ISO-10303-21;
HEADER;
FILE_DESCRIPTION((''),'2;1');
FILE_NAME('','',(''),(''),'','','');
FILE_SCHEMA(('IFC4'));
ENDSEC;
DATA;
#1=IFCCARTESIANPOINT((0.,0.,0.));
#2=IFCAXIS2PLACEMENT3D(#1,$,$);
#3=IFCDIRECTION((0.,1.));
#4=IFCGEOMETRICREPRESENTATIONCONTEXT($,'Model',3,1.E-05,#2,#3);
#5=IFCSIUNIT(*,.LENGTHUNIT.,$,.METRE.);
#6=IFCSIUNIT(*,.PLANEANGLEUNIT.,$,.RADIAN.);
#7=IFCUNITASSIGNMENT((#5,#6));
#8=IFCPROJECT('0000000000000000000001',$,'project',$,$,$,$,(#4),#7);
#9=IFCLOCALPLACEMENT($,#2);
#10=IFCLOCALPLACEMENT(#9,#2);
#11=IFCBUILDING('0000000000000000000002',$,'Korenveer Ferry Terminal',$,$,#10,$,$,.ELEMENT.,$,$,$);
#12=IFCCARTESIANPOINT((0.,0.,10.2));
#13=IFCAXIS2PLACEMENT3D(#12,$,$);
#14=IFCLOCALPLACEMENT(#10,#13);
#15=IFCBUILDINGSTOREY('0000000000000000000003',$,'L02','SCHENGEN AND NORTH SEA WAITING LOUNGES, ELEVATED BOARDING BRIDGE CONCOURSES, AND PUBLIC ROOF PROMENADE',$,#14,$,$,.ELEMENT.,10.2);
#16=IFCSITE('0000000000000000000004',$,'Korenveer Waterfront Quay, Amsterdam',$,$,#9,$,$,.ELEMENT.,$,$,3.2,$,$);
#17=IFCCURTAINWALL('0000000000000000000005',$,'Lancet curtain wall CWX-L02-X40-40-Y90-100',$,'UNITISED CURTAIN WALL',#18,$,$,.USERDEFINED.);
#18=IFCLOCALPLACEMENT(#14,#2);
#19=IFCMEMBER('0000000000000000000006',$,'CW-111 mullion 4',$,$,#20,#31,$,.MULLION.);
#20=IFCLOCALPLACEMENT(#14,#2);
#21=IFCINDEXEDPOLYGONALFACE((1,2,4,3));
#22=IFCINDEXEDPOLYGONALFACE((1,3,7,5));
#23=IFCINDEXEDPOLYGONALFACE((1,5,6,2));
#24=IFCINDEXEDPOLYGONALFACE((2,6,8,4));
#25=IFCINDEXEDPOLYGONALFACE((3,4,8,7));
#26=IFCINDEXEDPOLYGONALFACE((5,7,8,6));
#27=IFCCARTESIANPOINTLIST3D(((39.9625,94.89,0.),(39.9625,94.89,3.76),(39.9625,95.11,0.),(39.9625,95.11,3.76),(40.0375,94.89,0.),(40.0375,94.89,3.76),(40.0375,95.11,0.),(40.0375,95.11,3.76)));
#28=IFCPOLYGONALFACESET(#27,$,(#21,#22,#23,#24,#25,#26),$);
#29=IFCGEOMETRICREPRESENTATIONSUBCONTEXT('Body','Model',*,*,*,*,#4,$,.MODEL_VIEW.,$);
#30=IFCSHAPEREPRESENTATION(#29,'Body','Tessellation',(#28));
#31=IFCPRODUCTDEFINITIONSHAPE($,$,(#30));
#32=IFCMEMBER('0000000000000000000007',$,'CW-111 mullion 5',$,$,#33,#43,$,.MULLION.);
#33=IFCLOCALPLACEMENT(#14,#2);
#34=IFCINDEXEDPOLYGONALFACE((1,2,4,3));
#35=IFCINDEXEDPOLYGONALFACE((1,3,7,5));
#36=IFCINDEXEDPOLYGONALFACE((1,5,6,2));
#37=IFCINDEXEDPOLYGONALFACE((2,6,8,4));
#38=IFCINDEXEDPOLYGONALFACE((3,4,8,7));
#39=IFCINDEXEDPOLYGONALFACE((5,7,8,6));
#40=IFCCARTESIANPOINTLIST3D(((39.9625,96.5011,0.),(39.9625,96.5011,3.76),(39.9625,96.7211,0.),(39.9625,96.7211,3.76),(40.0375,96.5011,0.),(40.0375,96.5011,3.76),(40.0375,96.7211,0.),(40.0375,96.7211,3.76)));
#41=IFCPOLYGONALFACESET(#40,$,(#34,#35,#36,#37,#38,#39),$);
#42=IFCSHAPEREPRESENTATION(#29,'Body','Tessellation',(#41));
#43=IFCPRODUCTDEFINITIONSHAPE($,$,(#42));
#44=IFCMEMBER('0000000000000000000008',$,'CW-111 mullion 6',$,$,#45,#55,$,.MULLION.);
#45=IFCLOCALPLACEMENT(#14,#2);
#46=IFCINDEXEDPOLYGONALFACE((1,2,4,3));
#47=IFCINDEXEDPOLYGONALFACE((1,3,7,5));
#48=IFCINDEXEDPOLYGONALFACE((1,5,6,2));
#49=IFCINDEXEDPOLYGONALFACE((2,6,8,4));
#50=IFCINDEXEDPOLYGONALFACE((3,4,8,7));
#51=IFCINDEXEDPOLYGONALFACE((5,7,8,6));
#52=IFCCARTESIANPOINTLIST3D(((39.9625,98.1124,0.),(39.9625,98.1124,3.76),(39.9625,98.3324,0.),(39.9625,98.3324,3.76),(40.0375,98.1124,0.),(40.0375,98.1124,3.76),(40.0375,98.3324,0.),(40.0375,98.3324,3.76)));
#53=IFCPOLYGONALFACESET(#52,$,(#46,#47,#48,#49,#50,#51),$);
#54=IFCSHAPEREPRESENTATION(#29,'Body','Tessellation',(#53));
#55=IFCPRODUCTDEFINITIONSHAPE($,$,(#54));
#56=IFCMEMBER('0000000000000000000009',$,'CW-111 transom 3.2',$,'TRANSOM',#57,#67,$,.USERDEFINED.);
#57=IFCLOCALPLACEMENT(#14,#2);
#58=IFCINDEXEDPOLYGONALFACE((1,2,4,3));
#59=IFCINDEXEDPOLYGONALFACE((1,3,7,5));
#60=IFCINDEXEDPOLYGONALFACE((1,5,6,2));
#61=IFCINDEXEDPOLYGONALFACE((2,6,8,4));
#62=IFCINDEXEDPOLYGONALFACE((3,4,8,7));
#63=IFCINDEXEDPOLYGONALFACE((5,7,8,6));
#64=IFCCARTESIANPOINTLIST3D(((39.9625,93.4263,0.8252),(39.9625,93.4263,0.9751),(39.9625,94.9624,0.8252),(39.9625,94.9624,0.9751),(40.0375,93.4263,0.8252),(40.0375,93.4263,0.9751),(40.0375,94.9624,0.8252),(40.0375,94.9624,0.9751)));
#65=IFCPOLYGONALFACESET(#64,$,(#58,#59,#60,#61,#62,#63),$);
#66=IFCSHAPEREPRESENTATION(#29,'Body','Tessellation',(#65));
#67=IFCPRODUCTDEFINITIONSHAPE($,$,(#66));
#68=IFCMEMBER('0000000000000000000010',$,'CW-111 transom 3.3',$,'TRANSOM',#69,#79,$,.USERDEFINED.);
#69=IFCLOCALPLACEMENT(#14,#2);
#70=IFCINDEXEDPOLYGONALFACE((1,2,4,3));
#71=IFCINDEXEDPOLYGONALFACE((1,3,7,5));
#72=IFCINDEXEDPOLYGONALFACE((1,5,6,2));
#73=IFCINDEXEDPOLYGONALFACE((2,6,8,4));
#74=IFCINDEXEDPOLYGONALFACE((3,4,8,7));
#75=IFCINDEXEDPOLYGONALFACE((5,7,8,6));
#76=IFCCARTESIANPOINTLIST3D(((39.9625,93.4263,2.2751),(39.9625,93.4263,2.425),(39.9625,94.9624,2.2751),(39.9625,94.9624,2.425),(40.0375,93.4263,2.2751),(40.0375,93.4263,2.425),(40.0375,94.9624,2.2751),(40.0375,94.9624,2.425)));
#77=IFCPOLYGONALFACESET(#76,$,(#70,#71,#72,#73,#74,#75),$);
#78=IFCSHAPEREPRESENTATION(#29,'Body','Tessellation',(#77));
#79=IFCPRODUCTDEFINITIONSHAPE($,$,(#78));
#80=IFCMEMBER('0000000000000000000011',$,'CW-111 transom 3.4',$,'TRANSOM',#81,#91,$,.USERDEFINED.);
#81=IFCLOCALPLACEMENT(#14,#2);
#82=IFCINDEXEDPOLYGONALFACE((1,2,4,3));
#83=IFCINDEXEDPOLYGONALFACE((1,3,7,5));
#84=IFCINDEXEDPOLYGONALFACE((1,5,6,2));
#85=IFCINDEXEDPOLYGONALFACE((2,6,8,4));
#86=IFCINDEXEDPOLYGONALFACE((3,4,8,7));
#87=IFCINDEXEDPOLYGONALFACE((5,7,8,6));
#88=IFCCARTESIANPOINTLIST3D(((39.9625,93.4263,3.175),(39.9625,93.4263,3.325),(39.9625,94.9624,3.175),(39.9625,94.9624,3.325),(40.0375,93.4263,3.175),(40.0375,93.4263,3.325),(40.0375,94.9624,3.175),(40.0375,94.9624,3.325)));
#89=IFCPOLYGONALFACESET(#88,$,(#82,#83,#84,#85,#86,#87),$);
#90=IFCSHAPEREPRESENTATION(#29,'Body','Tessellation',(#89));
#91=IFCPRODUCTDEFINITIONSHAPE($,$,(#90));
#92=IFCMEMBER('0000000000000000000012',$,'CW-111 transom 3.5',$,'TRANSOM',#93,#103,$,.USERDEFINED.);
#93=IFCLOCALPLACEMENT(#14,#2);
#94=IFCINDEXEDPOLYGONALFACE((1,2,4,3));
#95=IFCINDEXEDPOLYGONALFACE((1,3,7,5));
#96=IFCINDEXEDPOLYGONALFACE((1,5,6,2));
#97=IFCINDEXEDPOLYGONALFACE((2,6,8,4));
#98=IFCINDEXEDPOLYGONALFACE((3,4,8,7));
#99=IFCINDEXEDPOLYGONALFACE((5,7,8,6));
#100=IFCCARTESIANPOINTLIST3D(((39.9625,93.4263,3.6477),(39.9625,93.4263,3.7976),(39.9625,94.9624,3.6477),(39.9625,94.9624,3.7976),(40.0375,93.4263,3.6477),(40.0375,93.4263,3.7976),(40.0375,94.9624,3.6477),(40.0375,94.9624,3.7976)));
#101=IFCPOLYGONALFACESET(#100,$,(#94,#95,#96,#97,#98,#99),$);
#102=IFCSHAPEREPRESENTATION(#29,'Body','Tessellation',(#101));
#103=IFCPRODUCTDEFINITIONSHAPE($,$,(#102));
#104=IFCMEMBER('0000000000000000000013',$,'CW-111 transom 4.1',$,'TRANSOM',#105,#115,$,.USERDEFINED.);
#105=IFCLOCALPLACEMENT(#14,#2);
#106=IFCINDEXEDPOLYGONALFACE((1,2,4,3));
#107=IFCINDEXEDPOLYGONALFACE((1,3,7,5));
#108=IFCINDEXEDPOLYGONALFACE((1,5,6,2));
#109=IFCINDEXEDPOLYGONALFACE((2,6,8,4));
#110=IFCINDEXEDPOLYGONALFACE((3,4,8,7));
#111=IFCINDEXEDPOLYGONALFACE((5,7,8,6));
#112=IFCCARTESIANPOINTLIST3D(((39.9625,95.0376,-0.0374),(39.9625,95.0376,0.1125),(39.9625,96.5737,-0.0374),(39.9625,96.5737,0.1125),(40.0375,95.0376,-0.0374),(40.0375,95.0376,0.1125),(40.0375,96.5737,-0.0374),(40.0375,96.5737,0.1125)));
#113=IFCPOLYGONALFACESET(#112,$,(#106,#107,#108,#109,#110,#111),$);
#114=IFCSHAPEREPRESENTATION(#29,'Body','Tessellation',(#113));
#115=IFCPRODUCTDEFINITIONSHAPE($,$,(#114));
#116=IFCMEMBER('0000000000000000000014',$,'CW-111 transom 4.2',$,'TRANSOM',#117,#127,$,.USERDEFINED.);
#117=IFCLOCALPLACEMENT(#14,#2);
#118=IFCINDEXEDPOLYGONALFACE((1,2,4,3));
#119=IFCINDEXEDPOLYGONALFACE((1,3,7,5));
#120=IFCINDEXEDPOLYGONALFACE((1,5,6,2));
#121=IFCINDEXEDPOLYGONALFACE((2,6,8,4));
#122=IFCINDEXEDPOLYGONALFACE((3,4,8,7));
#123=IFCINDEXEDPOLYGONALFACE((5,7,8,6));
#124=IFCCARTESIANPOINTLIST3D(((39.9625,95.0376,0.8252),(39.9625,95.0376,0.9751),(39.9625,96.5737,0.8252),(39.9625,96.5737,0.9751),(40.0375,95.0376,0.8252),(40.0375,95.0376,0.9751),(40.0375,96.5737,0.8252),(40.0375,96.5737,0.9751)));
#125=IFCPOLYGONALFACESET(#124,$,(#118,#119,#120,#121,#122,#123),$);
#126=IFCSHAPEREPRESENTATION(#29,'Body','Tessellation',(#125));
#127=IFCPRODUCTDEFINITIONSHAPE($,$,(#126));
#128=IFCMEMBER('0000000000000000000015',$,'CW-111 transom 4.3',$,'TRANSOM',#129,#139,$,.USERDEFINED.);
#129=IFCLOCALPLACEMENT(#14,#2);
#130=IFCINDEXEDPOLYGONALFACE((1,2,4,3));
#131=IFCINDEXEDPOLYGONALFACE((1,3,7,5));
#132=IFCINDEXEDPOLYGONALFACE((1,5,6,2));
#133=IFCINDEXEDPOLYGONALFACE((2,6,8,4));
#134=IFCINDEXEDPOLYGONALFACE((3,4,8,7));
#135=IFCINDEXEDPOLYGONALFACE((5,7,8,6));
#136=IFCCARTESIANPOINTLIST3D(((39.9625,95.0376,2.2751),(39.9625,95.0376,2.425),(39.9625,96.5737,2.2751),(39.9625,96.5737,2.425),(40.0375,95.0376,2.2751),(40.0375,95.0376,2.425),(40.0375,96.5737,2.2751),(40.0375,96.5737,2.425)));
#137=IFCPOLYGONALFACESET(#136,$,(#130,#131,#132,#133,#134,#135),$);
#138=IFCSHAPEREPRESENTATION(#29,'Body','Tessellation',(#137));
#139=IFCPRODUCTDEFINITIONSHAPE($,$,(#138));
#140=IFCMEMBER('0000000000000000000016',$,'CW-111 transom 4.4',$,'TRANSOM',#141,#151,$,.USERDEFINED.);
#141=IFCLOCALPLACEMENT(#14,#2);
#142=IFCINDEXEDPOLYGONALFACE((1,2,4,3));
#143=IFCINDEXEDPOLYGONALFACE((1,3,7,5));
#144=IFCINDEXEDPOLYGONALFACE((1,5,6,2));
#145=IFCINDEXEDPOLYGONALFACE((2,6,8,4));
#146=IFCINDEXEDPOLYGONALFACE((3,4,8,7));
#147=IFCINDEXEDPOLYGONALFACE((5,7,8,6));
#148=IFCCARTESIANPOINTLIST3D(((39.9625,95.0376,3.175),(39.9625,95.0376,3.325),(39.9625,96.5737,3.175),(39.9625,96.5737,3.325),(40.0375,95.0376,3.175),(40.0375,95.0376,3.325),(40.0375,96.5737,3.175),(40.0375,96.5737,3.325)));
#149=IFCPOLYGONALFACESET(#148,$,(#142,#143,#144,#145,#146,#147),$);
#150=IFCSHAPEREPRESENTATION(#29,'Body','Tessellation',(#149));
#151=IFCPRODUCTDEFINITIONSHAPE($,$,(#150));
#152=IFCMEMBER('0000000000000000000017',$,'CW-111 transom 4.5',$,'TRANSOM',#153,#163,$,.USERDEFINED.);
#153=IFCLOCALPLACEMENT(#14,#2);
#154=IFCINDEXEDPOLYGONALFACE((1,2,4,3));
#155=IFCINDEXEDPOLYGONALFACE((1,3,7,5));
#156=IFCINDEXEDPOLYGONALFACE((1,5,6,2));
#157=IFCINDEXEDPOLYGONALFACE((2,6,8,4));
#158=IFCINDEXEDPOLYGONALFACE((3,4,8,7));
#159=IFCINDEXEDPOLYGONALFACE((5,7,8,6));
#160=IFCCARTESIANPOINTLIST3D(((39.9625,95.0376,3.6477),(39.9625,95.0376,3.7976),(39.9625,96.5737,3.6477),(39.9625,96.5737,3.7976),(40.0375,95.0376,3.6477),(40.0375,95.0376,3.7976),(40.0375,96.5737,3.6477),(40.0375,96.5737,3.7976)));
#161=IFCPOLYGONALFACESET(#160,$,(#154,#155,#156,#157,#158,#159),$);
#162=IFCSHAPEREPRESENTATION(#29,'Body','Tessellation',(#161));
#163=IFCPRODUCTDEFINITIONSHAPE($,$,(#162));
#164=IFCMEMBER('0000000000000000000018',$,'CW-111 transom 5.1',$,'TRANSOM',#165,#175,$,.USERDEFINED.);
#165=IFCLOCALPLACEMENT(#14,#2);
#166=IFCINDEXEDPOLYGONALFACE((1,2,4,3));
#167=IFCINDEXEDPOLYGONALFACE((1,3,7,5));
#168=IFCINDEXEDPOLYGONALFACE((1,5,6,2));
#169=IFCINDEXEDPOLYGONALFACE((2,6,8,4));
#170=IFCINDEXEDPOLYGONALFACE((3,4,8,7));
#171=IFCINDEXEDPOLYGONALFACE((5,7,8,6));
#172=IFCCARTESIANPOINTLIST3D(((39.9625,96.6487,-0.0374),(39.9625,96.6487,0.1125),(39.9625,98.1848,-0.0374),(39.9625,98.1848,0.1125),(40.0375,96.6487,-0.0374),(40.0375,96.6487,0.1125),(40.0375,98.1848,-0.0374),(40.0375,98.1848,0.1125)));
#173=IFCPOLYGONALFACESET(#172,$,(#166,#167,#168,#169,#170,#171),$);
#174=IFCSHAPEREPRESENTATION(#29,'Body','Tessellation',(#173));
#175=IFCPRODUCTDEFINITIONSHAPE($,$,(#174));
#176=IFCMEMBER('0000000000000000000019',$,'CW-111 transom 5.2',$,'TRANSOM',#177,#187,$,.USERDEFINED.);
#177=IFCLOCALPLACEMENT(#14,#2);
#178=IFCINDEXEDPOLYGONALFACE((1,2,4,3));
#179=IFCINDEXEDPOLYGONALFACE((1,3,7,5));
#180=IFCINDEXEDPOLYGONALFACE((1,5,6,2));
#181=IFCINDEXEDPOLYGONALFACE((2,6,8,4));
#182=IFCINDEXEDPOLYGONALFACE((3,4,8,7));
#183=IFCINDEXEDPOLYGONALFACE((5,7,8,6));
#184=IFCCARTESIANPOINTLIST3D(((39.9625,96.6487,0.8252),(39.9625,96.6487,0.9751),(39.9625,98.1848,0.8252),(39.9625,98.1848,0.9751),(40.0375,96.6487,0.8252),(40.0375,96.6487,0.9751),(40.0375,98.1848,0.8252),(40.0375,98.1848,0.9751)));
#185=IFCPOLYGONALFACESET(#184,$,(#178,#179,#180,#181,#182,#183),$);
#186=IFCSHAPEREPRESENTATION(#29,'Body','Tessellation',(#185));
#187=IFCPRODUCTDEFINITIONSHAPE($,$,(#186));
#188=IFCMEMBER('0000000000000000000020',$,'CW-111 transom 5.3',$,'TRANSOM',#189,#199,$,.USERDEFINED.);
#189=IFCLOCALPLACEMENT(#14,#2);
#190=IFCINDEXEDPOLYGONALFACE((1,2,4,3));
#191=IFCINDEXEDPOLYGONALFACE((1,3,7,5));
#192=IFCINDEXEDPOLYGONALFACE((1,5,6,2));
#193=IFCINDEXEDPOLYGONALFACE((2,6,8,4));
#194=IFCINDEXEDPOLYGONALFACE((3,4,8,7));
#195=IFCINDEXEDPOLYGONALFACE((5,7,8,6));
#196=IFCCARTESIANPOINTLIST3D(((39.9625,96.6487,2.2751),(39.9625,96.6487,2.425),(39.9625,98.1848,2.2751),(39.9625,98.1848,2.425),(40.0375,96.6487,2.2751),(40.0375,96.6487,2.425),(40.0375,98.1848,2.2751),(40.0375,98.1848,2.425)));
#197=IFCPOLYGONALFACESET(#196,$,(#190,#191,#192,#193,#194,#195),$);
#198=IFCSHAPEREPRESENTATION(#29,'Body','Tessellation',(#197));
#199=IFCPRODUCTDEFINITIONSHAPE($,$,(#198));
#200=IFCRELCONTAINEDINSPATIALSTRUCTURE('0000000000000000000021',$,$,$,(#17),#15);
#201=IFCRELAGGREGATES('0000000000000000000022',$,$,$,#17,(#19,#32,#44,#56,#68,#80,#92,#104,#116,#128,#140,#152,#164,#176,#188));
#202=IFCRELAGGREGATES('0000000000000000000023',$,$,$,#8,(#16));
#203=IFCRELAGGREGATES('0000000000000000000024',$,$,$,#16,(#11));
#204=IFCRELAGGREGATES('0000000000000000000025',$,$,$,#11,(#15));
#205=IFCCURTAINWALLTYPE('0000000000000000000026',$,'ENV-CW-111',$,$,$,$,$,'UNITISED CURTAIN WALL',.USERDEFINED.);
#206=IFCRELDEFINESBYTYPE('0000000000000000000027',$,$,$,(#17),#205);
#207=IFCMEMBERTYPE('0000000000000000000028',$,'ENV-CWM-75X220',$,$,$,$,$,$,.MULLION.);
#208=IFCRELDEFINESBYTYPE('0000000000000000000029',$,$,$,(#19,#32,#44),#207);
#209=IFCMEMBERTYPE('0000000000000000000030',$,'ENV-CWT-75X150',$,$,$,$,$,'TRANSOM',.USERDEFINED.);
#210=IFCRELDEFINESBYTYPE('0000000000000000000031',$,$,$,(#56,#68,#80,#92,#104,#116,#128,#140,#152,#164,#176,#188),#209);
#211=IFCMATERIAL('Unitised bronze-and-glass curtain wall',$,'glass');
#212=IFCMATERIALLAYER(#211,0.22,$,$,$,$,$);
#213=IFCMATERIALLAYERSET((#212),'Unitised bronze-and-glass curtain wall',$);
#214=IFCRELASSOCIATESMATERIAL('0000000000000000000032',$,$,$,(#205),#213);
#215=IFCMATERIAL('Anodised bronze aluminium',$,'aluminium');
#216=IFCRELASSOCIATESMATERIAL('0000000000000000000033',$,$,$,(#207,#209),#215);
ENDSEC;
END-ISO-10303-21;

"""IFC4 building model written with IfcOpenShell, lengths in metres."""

from ifc_helpers import new_model, si_unit, direction, frame, origin, origin_2d, place, context, subcontext, project, spatial, rectangle, extrude, material, layer, layer_set, material_profile, profile_set, type_object, element, aggregate, save


model = new_model("IFC4")

# Units and contexts
model_context = context("Model", 3, precision=1e-05, world=origin(), true_north=direction((0.0, 1.0)))
body_context = subcontext(model_context, "Body", "Model", "MODEL_VIEW")
ifc_project = project(units=[si_unit("LENGTHUNIT", "METRE"), si_unit("PLANEANGLEUNIT", "RADIAN")], contexts=[model_context])

# Site, building, storey
site_placement = place(None, origin())
site = spatial("IfcSite", under=ifc_project, at=site_placement, Name="Korenveer Waterfront Quay, Amsterdam", CompositionType="ELEMENT", RefElevation=3.2)
building_placement = place(site_placement, origin())
building = spatial("IfcBuilding", under=site, at=building_placement, Name="Korenveer Ferry Terminal", CompositionType="ELEMENT")
storey_placement = place(building_placement, frame((0.0, 0.0, 10.2)))
storey = spatial("IfcBuildingStorey", under=building, at=storey_placement, Name="L02", Description="SCHENGEN AND NORTH SEA WAITING LOUNGES, ELEVATED BOARDING BRIDGE CONCOURSES, AND PUBLIC ROOF PROMENADE", CompositionType="ELEMENT", Elevation=10.2)

# Curtain wall, members
ifc_material_1 = material(Name="Unitised bronze-and-glass curtain wall", Category="glass")
ifc_layer_1 = layer(ifc_material_1, 0.22)
ifc_layer_set_1 = layer_set([ifc_layer_1], Name="Unitised bronze-and-glass curtain wall")
curtain_wall_type = type_object("IfcCurtainWallType", Name="ENV-CW-111", ElementType="UNITISED CURTAIN WALL", PredefinedType="USERDEFINED", material=ifc_layer_set_1)
curtain_wall_placement = place(storey_placement, frame((40.0, 90.1665, 0.0)))
curtain_wall = element("IfcCurtainWall", 1, at=curtain_wall_placement, inside=storey, type_object=curtain_wall_type, Name="Lancet curtain wall CWX-L02-X40-40-Y90-100", ObjectType="UNITISED CURTAIN WALL", PredefinedType="USERDEFINED")
ifc_material_2 = material(Name="Anodised bronze aluminium", Category="aluminium")
ifc_material_profile_1 = material_profile(ifc_material_2, rectangle(XDim=0.075, YDim=0.22, at=origin_2d()), Name="ALU 75x220")
ifc_profile_set_1 = profile_set([ifc_material_profile_1], Name="Anodised bronze aluminium")
member_type_1 = type_object("IfcMemberType", Name="ENV-CWM-75X220", PredefinedType="MULLION", material=ifc_profile_set_1)
member_1_placement = place(storey_placement, frame((40.0, 95.0, 0.0), z_axis=(0.0, 0.0, 1.0), x_axis=(-1.0, 0.0, 0.0)))
member_1 = element("IfcMember", 2, at=member_1_placement, type_object=member_type_1, Name="CW-111 mullion 4", PredefinedType="MULLION", context=body_context, shape_type="SweptSolid", body=[
    extrude(rectangle(XDim=0.075, YDim=0.22, at=origin_2d()), origin(), (0.0, 0.0, 1.0), 3.76),
])
member_2_placement = place(storey_placement, frame((40.0, 96.6111, 0.0), z_axis=(0.0, 0.0, 1.0), x_axis=(-1.0, 0.0, 0.0)))
member_2 = element("IfcMember", 3, at=member_2_placement, type_object=member_type_1, Name="CW-111 mullion 5", PredefinedType="MULLION", context=body_context, shape_type="SweptSolid", body=[
    extrude(rectangle(XDim=0.075, YDim=0.22, at=origin_2d()), origin(), (0.0, 0.0, 1.0), 3.76),
])
member_3_placement = place(storey_placement, frame((40.0, 98.2224, 0.0), z_axis=(0.0, 0.0, 1.0), x_axis=(-1.0, 0.0, 0.0)))
member_3 = element("IfcMember", 4, at=member_3_placement, type_object=member_type_1, Name="CW-111 mullion 6", PredefinedType="MULLION", context=body_context, shape_type="SweptSolid", body=[
    extrude(rectangle(XDim=0.075, YDim=0.22, at=origin_2d()), origin(), (0.0, 0.0, 1.0), 3.76),
])
ifc_material_profile_2 = material_profile(ifc_material_2, rectangle(XDim=0.075, YDim=0.1499, at=origin_2d()), Name="ALU 75x150")
ifc_profile_set_2 = profile_set([ifc_material_profile_2], Name="Anodised bronze aluminium")
member_type_2 = type_object("IfcMemberType", Name="ENV-CWT-75X150", ElementType="TRANSOM", PredefinedType="USERDEFINED", material=ifc_profile_set_2)
member_4_placement = place(storey_placement, frame((40.0, 93.4263, 0.9001), z_axis=(0.0, 1.0, 0.0), x_axis=(-1.0, 0.0, 0.0)))
member_4 = element("IfcMember", 5, at=member_4_placement, type_object=member_type_2, Name="CW-111 transom 3.2", ObjectType="TRANSOM", PredefinedType="USERDEFINED", context=body_context, shape_type="SweptSolid", body=[
    extrude(rectangle(XDim=0.075, YDim=0.1499, at=origin_2d()), origin(), (0.0, 0.0, 1.0), 1.5361),
])
member_5_placement = place(storey_placement, frame((40.0, 93.4263, 2.3501), z_axis=(0.0, 1.0, 0.0), x_axis=(-1.0, 0.0, 0.0)))
member_5 = element("IfcMember", 6, at=member_5_placement, type_object=member_type_2, Name="CW-111 transom 3.3", ObjectType="TRANSOM", PredefinedType="USERDEFINED", context=body_context, shape_type="SweptSolid", body=[
    extrude(rectangle(XDim=0.075, YDim=0.1499, at=origin_2d()), origin(), (0.0, 0.0, 1.0), 1.5361),
])
member_6_placement = place(storey_placement, frame((40.0, 93.4263, 3.25), z_axis=(0.0, 1.0, 0.0), x_axis=(-1.0, 0.0, 0.0)))
member_6 = element("IfcMember", 7, at=member_6_placement, type_object=member_type_2, Name="CW-111 transom 3.4", ObjectType="TRANSOM", PredefinedType="USERDEFINED", context=body_context, shape_type="SweptSolid", body=[
    extrude(rectangle(XDim=0.075, YDim=0.1499, at=origin_2d()), origin(), (0.0, 0.0, 1.0), 1.5361),
])
member_7_placement = place(storey_placement, frame((40.0, 93.4263, 3.7227), z_axis=(0.0, 1.0, 0.0), x_axis=(-1.0, 0.0, 0.0)))
member_7 = element("IfcMember", 8, at=member_7_placement, type_object=member_type_2, Name="CW-111 transom 3.5", ObjectType="TRANSOM", PredefinedType="USERDEFINED", context=body_context, shape_type="SweptSolid", body=[
    extrude(rectangle(XDim=0.075, YDim=0.1499, at=origin_2d()), origin(), (0.0, 0.0, 1.0), 1.5361),
])
member_8_placement = place(storey_placement, frame((40.0, 95.0376, 0.0376), z_axis=(0.0, 1.0, 0.0), x_axis=(-1.0, 0.0, 0.0)))
member_8 = element("IfcMember", 9, at=member_8_placement, type_object=member_type_2, Name="CW-111 transom 4.1", ObjectType="TRANSOM", PredefinedType="USERDEFINED", context=body_context, shape_type="SweptSolid", body=[
    extrude(rectangle(XDim=0.075, YDim=0.1499, at=origin_2d()), origin(), (0.0, 0.0, 1.0), 1.5361),
])
member_9_placement = place(storey_placement, frame((40.0, 95.0376, 0.9001), z_axis=(0.0, 1.0, 0.0), x_axis=(-1.0, 0.0, 0.0)))
member_9 = element("IfcMember", 10, at=member_9_placement, type_object=member_type_2, Name="CW-111 transom 4.2", ObjectType="TRANSOM", PredefinedType="USERDEFINED", context=body_context, shape_type="SweptSolid", body=[
    extrude(rectangle(XDim=0.075, YDim=0.1499, at=origin_2d()), origin(), (0.0, 0.0, 1.0), 1.5361),
])
member_10_placement = place(storey_placement, frame((40.0, 95.0376, 2.3501), z_axis=(0.0, 1.0, 0.0), x_axis=(-1.0, 0.0, 0.0)))
member_10 = element("IfcMember", 11, at=member_10_placement, type_object=member_type_2, Name="CW-111 transom 4.3", ObjectType="TRANSOM", PredefinedType="USERDEFINED", context=body_context, shape_type="SweptSolid", body=[
    extrude(rectangle(XDim=0.075, YDim=0.1499, at=origin_2d()), origin(), (0.0, 0.0, 1.0), 1.5361),
])
member_11_placement = place(storey_placement, frame((40.0, 95.0376, 3.25), z_axis=(0.0, 1.0, 0.0), x_axis=(-1.0, 0.0, 0.0)))
member_11 = element("IfcMember", 12, at=member_11_placement, type_object=member_type_2, Name="CW-111 transom 4.4", ObjectType="TRANSOM", PredefinedType="USERDEFINED", context=body_context, shape_type="SweptSolid", body=[
    extrude(rectangle(XDim=0.075, YDim=0.1499, at=origin_2d()), origin(), (0.0, 0.0, 1.0), 1.5361),
])
member_12_placement = place(storey_placement, frame((40.0, 95.0376, 3.7227), z_axis=(0.0, 1.0, 0.0), x_axis=(-1.0, 0.0, 0.0)))
member_12 = element("IfcMember", 13, at=member_12_placement, type_object=member_type_2, Name="CW-111 transom 4.5", ObjectType="TRANSOM", PredefinedType="USERDEFINED", context=body_context, shape_type="SweptSolid", body=[
    extrude(rectangle(XDim=0.075, YDim=0.1499, at=origin_2d()), origin(), (0.0, 0.0, 1.0), 1.5361),
])
member_13_placement = place(storey_placement, frame((40.0, 96.6487, 0.0376), z_axis=(0.0, 1.0, 0.0), x_axis=(-1.0, 0.0, 0.0)))
member_13 = element("IfcMember", 14, at=member_13_placement, type_object=member_type_2, Name="CW-111 transom 5.1", ObjectType="TRANSOM", PredefinedType="USERDEFINED", context=body_context, shape_type="SweptSolid", body=[
    extrude(rectangle(XDim=0.075, YDim=0.1499, at=origin_2d()), origin(), (0.0, 0.0, 1.0), 1.5361),
])
member_14_placement = place(storey_placement, frame((40.0, 96.6487, 0.9001), z_axis=(0.0, 1.0, 0.0), x_axis=(-1.0, 0.0, 0.0)))
member_14 = element("IfcMember", 15, at=member_14_placement, type_object=member_type_2, Name="CW-111 transom 5.2", ObjectType="TRANSOM", PredefinedType="USERDEFINED", context=body_context, shape_type="SweptSolid", body=[
    extrude(rectangle(XDim=0.075, YDim=0.1499, at=origin_2d()), origin(), (0.0, 0.0, 1.0), 1.5361),
])
member_15_placement = place(storey_placement, frame((40.0, 96.6487, 2.3501), z_axis=(0.0, 1.0, 0.0), x_axis=(-1.0, 0.0, 0.0)))
member_15 = element("IfcMember", 16, at=member_15_placement, type_object=member_type_2, Name="CW-111 transom 5.3", ObjectType="TRANSOM", PredefinedType="USERDEFINED", context=body_context, shape_type="SweptSolid", body=[
    extrude(rectangle(XDim=0.075, YDim=0.1499, at=origin_2d()), origin(), (0.0, 0.0, 1.0), 1.5361),
])
aggregate(curtain_wall, [member_1, member_2, member_3, member_4, member_5, member_6, member_7, member_8, member_9, member_10, member_11, member_12, member_13, member_14, member_15])

save(model, "model.ifc")
